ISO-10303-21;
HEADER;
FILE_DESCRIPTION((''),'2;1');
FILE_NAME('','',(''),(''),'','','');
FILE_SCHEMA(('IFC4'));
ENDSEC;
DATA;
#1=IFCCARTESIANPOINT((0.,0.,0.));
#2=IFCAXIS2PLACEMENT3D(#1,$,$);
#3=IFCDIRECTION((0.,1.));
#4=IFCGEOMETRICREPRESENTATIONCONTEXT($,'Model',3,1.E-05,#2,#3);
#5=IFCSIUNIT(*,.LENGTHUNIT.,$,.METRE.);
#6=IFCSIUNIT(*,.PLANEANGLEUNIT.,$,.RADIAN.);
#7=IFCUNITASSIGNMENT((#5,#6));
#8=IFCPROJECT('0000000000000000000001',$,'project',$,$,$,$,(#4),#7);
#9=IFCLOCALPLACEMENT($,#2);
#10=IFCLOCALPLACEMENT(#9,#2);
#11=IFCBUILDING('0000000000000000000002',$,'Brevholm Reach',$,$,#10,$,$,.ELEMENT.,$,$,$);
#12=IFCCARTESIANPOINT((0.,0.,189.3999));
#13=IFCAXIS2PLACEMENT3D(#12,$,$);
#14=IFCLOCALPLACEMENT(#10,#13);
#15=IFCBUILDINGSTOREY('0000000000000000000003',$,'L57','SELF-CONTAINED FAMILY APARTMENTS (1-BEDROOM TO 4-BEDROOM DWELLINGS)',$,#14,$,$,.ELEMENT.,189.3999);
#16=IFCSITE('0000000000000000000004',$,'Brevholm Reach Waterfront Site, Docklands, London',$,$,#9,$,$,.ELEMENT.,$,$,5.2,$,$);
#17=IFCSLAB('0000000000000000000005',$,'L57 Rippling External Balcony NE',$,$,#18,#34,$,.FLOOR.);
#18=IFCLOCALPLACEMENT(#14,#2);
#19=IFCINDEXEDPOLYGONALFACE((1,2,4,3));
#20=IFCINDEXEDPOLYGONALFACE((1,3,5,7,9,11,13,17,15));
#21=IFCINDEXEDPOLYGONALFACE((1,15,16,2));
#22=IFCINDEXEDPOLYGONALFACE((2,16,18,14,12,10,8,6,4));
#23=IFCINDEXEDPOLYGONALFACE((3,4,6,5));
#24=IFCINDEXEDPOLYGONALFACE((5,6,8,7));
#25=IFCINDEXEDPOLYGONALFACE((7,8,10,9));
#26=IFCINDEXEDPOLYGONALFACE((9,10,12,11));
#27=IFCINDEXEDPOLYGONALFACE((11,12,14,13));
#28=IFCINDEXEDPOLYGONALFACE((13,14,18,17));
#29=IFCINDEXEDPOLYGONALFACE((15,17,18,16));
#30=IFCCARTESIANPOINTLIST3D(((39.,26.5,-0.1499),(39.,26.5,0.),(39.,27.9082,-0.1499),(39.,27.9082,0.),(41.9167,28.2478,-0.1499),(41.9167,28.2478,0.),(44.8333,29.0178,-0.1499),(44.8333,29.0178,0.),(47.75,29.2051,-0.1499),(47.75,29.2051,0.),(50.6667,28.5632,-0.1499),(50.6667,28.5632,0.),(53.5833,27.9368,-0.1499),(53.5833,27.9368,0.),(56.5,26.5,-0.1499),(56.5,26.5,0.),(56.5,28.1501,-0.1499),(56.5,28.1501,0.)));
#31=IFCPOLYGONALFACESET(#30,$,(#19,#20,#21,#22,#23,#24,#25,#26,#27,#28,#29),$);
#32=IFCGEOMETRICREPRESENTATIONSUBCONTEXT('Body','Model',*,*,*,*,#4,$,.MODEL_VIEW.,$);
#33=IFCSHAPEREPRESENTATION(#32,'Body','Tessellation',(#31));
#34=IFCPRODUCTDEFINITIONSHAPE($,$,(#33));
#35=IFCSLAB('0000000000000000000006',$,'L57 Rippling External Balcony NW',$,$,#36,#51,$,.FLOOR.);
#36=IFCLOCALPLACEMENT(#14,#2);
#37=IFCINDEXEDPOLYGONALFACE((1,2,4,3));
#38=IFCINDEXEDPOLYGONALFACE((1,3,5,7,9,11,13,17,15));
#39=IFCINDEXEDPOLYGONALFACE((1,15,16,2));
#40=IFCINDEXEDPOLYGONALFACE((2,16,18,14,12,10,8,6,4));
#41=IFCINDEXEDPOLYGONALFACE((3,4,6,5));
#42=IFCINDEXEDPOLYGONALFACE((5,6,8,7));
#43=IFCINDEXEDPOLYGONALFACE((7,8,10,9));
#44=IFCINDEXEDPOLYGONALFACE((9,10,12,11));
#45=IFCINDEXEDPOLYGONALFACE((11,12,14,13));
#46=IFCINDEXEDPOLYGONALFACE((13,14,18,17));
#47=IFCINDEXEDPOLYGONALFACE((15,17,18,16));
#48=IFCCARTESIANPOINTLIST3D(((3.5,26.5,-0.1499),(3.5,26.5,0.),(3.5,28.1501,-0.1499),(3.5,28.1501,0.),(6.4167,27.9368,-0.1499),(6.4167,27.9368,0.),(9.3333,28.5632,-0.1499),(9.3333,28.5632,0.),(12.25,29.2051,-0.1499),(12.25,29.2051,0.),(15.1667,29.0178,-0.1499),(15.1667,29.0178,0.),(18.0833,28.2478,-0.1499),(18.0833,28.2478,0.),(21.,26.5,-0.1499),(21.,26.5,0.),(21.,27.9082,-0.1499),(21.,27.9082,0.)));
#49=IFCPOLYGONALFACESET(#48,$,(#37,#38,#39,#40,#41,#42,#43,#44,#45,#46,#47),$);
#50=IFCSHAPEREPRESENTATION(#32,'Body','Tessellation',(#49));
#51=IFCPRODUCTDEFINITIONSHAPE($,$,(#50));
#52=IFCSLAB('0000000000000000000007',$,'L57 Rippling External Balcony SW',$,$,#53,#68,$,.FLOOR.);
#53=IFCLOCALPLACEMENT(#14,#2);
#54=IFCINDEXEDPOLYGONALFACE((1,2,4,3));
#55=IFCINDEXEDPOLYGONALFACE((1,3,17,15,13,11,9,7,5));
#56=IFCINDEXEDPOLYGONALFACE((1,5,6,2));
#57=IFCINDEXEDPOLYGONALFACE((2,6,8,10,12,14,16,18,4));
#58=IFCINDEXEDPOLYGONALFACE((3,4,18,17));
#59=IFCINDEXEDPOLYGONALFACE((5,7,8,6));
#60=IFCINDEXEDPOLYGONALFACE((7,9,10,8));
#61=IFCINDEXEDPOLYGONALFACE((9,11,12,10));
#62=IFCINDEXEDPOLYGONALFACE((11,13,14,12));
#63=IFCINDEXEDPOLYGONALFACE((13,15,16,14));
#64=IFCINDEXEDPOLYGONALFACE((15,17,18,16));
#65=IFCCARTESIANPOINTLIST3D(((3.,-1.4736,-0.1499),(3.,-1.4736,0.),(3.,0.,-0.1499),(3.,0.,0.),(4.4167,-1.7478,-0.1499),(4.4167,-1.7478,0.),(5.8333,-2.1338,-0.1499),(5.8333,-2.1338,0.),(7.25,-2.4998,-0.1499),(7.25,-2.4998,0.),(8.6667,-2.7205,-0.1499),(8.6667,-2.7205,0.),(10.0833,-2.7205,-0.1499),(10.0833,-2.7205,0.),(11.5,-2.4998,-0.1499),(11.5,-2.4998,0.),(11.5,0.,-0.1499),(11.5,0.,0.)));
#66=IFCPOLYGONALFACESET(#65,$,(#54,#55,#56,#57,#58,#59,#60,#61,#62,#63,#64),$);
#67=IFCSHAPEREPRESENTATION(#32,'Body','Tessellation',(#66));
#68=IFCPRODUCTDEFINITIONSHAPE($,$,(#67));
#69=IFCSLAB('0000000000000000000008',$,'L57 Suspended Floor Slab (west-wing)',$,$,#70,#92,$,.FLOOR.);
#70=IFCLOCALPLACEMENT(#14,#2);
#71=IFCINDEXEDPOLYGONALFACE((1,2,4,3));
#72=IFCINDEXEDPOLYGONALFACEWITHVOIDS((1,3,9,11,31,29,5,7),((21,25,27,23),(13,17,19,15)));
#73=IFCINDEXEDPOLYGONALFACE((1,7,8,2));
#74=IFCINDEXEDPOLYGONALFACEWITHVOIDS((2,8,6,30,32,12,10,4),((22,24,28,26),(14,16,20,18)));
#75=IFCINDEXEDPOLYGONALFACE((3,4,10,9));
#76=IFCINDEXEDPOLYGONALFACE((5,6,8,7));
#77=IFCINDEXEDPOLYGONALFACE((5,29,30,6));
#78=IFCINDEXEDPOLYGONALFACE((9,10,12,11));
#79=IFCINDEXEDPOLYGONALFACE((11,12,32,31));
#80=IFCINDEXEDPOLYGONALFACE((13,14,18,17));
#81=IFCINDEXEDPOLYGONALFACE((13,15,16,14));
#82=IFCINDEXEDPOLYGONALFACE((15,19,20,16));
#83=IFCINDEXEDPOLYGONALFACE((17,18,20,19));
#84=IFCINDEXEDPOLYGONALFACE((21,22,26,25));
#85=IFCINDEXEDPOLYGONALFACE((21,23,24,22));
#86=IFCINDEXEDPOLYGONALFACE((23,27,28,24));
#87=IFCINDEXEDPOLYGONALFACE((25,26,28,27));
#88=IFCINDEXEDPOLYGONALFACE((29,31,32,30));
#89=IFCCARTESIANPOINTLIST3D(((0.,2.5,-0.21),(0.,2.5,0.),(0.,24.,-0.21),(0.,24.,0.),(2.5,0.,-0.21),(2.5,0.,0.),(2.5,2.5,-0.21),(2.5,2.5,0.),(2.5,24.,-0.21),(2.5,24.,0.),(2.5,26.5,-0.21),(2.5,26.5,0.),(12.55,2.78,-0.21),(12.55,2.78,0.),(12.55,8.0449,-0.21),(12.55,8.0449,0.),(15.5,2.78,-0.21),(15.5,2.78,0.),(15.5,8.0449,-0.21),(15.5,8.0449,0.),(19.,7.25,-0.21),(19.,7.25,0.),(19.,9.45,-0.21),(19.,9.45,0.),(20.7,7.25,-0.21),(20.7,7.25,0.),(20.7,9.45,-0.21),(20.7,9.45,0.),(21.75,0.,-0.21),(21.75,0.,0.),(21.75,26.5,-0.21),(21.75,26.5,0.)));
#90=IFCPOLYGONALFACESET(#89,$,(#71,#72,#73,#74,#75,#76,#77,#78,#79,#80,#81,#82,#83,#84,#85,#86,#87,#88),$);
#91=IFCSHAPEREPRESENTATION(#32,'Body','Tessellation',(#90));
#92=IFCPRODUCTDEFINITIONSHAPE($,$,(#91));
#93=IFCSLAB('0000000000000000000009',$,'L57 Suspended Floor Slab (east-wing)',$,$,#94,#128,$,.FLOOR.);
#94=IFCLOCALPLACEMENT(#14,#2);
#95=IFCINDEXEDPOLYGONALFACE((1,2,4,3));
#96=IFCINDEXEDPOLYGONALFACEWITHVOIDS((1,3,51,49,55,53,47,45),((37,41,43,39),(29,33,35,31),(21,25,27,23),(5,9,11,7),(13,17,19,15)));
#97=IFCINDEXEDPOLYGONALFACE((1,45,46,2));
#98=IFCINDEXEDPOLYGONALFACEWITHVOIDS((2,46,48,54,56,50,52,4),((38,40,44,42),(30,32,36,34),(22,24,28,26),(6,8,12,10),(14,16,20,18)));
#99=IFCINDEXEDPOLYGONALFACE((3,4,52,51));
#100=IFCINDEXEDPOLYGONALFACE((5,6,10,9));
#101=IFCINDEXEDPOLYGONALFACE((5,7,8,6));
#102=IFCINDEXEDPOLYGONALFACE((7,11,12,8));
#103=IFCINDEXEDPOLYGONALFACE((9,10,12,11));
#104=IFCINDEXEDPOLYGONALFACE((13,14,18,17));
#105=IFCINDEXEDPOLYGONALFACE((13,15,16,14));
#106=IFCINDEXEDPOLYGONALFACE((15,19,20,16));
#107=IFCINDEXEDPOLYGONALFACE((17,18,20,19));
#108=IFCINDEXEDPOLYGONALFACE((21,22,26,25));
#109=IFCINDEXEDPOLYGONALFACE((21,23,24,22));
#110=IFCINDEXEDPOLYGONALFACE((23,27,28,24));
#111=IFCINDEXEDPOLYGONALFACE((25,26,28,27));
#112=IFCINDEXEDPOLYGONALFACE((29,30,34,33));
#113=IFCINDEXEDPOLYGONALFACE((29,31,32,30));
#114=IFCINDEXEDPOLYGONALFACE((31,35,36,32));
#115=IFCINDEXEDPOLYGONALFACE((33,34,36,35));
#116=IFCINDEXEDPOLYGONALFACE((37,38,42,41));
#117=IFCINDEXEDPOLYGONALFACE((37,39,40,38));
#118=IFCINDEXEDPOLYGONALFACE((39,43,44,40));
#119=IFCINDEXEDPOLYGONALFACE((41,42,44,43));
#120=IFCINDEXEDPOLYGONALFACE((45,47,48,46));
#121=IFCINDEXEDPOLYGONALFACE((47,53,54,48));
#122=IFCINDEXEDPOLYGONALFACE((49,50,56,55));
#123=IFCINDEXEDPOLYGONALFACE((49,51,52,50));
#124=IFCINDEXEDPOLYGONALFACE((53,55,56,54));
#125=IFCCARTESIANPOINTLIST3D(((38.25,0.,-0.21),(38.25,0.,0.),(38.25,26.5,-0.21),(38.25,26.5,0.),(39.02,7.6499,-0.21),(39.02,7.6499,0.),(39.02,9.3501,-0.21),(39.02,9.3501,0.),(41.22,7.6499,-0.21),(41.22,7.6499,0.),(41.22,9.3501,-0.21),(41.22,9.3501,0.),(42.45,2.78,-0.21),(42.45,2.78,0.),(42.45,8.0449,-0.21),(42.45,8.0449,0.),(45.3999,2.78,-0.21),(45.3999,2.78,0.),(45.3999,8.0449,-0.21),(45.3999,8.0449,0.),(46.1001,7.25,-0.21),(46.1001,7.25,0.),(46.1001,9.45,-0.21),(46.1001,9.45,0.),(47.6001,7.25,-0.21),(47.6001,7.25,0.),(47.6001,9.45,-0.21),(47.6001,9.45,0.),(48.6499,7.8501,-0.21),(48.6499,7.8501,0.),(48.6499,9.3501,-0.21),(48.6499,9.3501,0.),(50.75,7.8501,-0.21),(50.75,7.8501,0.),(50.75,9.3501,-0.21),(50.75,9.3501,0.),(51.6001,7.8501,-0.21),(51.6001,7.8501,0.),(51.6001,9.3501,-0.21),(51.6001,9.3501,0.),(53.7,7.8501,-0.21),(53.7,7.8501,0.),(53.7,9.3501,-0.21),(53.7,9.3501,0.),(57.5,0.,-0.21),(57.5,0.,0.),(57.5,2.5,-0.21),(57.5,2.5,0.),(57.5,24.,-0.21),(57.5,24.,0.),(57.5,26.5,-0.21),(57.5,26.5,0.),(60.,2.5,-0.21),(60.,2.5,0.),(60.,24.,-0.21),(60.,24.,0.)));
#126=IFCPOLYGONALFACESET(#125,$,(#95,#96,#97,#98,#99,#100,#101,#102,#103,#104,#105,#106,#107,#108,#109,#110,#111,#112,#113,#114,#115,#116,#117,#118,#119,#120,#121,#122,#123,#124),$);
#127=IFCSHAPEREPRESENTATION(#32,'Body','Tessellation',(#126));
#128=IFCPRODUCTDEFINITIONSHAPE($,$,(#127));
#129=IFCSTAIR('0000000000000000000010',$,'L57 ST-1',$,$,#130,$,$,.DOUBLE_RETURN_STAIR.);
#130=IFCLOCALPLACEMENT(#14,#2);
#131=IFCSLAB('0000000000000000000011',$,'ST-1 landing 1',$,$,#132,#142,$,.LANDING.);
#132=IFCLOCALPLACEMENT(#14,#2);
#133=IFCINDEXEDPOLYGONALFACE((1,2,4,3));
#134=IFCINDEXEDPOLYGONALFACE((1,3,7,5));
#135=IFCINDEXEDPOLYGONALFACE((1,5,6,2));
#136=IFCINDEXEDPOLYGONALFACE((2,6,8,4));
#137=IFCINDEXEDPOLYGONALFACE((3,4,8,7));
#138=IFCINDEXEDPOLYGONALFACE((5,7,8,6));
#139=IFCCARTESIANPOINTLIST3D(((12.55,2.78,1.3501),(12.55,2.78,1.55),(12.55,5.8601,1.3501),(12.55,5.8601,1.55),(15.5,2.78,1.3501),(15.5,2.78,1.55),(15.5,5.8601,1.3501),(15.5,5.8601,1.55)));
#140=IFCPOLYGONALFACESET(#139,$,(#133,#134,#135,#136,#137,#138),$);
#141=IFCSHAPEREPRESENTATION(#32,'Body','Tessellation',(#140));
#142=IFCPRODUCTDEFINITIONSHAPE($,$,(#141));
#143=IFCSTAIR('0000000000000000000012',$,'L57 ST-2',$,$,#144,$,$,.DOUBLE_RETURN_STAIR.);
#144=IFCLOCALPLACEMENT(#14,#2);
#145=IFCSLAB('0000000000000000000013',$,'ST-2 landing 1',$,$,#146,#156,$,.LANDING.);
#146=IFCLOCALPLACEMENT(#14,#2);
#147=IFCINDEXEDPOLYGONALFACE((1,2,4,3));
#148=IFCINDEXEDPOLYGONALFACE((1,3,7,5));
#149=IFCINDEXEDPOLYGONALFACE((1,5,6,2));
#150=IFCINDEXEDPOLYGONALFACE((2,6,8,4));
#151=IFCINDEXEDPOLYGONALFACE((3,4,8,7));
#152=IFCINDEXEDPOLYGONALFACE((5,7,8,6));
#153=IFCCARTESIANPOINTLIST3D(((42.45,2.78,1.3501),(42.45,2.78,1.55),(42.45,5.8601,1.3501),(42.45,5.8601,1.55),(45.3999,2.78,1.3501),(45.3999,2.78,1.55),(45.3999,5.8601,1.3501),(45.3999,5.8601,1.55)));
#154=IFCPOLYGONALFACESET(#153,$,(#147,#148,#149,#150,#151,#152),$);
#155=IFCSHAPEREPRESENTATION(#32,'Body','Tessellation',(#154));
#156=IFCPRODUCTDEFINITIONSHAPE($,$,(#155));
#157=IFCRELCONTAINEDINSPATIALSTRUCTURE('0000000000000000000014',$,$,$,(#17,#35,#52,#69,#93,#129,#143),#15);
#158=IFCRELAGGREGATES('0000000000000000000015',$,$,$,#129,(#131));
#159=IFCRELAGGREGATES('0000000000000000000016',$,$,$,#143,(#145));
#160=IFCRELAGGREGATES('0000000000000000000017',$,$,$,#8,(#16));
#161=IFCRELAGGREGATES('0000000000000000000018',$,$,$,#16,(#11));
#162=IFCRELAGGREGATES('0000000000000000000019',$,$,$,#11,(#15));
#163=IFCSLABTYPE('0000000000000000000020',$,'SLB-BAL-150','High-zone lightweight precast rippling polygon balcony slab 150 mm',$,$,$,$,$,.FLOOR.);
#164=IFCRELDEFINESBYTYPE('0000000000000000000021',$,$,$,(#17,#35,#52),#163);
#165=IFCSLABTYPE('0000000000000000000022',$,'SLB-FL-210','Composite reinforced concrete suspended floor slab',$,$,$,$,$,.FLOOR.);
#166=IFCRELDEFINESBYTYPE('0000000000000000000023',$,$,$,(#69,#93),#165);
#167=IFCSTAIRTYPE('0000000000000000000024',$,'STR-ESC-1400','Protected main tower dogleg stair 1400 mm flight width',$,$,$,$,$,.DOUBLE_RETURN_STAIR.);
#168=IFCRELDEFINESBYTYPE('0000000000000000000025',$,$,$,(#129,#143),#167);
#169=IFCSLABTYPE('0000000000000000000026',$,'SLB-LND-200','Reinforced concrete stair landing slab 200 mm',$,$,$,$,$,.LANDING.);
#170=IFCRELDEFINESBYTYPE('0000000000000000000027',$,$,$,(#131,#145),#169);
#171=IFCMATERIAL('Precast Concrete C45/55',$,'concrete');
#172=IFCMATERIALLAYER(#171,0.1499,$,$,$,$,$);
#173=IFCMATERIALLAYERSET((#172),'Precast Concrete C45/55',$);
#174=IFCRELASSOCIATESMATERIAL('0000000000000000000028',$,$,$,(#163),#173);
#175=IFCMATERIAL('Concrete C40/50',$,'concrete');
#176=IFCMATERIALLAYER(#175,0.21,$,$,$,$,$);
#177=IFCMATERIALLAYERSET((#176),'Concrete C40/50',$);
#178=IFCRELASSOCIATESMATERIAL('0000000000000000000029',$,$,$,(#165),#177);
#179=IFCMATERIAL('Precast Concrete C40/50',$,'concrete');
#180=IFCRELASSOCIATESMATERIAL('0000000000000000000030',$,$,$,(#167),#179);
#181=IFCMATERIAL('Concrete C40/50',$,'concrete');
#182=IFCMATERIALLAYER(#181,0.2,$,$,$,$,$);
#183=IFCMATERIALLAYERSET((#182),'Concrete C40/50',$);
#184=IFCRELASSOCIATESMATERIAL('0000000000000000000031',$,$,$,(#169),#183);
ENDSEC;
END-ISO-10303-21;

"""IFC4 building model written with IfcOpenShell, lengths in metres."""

from ifc_helpers import new_model, si_unit, direction, frame, origin, place, context, subcontext, project, spatial, polyline, outline, extrude, material, layer, layer_set, type_object, element, aggregate, save


model = new_model("IFC4")

# Units and contexts
model_context = context("Model", 3, precision=1e-05, world=origin(), true_north=direction((0.0, 1.0)))
body_context = subcontext(model_context, "Body", "Model", "MODEL_VIEW")
ifc_project = project(units=[si_unit("LENGTHUNIT", "METRE"), si_unit("PLANEANGLEUNIT", "RADIAN")], contexts=[model_context])

# Site, building, storey
site_placement = place(None, origin())
site = spatial("IfcSite", under=ifc_project, at=site_placement, Name="Brevholm Reach Waterfront Site, Docklands, London", CompositionType="ELEMENT", RefElevation=5.2)
building_placement = place(site_placement, origin())
building = spatial("IfcBuilding", under=site, at=building_placement, Name="Brevholm Reach", CompositionType="ELEMENT")
storey_placement = place(building_placement, frame((0.0, 0.0, 189.3999)))
storey = spatial("IfcBuildingStorey", under=building, at=storey_placement, Name="L57", Description="SELF-CONTAINED FAMILY APARTMENTS (1-BEDROOM TO 4-BEDROOM DWELLINGS)", CompositionType="ELEMENT", Elevation=189.3999)

# Slabs
ifc_material_1 = material(Name="Precast Concrete C45/55", Category="concrete")
ifc_layer_1 = layer(ifc_material_1, 0.1499)
ifc_layer_set_1 = layer_set([ifc_layer_1], Name="Precast Concrete C45/55")
slab_type_1 = type_object("IfcSlabType", Name="SLB-BAL-150", Description="High-zone lightweight precast rippling polygon balcony slab 150 mm", PredefinedType="FLOOR", material=ifc_layer_set_1)
slab_1_placement = place(storey_placement, frame((0.0, 0.0, -0.1499)))
element("IfcSlab", 1, at=slab_1_placement, inside=storey, type_object=slab_type_1, Name="L57 Rippling External Balcony NE", PredefinedType="FLOOR", context=body_context, shape_type="SweptSolid", body=[
    extrude(outline(polyline([(39.0, 26.5), (56.5, 26.5), (56.5, 28.1501), (53.5833, 27.9368), (50.6667, 28.5632), (47.75, 29.2051), (44.8333, 29.0178), (41.9167, 28.2478), (39.0, 27.9082), (39.0, 26.5)])), origin(), (0.0, 0.0, 1.0), 0.1499),
])
slab_2_placement = place(storey_placement, frame((0.0, 0.0, -0.1499)))
element("IfcSlab", 2, at=slab_2_placement, inside=storey, type_object=slab_type_1, Name="L57 Rippling External Balcony NW", PredefinedType="FLOOR", context=body_context, shape_type="SweptSolid", body=[
    extrude(outline(polyline([(3.5, 26.5), (21.0, 26.5), (21.0, 27.9082), (18.0833, 28.2478), (15.1667, 29.0178), (12.25, 29.2051), (9.3333, 28.5632), (6.4167, 27.9368), (3.5, 28.1501), (3.5, 26.5)])), origin(), (0.0, 0.0, 1.0), 0.1499),
])
slab_3_placement = place(storey_placement, frame((0.0, 0.0, -0.1499)))
element("IfcSlab", 3, at=slab_3_placement, inside=storey, type_object=slab_type_1, Name="L57 Rippling External Balcony SW", PredefinedType="FLOOR", context=body_context, shape_type="SweptSolid", body=[
    extrude(outline(polyline([(3.0, -1.4736), (4.4167, -1.7478), (5.8333, -2.1338), (7.25, -2.4998), (8.6667, -2.7205), (10.0833, -2.7205), (11.5, -2.4998), (11.5, 0.0), (3.0, 0.0), (3.0, -1.4736)])), origin(), (0.0, 0.0, 1.0), 0.1499),
])
ifc_material_2 = material(Name="Concrete C40/50", Category="concrete")
ifc_layer_2 = layer(ifc_material_2, 0.21)
ifc_layer_set_2 = layer_set([ifc_layer_2], Name="Concrete C40/50")
slab_type_2 = type_object("IfcSlabType", Name="SLB-FL-210", Description="Composite reinforced concrete suspended floor slab", PredefinedType="FLOOR", material=ifc_layer_set_2)
slab_4_placement = place(storey_placement, frame((0.0, 0.0, -0.21)))
element("IfcSlab", 4, at=slab_4_placement, inside=storey, type_object=slab_type_2, Name="L57 Suspended Floor Slab (west-wing)", PredefinedType="FLOOR", context=body_context, shape_type="SweptSolid", body=[
    extrude(outline(polyline([(2.5, 0.0), (21.75, 0.0), (21.75, 26.5), (2.5, 26.5), (2.5, 24.0), (0.0, 24.0), (0.0, 2.5), (2.5, 2.5), (2.5, 0.0)]), holes=[polyline([(12.55, 2.78), (15.5, 2.78), (15.5, 8.0449), (12.55, 8.0449), (12.55, 2.78)]), polyline([(19.0, 7.25), (20.7, 7.25), (20.7, 9.45), (19.0, 9.45), (19.0, 7.25)])]), origin(), (0.0, 0.0, 1.0), 0.21),
])
slab_5_placement = place(storey_placement, frame((0.0, 0.0, -0.21)))
element("IfcSlab", 5, at=slab_5_placement, inside=storey, type_object=slab_type_2, Name="L57 Suspended Floor Slab (east-wing)", PredefinedType="FLOOR", context=body_context, shape_type="SweptSolid", body=[
    extrude(outline(polyline([(38.25, 0.0), (57.5, 0.0), (57.5, 2.5), (60.0, 2.5), (60.0, 24.0), (57.5, 24.0), (57.5, 26.5), (38.25, 26.5), (38.25, 0.0)]), holes=[polyline([(42.45, 2.78), (45.3999, 2.78), (45.3999, 8.0449), (42.45, 8.0449), (42.45, 2.78)]), polyline([(46.1001, 7.25), (47.6001, 7.25), (47.6001, 9.45), (46.1001, 9.45), (46.1001, 7.25)]), polyline([(39.02, 7.6499), (41.22, 7.6499), (41.22, 9.3501), (39.02, 9.3501), (39.02, 7.6499)]), polyline([(48.6499, 7.8501), (50.75, 7.8501), (50.75, 9.3501), (48.6499, 9.3501), (48.6499, 7.8501)]), polyline([(51.6001, 7.8501), (53.7, 7.8501), (53.7, 9.3501), (51.6001, 9.3501), (51.6001, 7.8501)])]), origin(), (0.0, 0.0, 1.0), 0.21),
])

# Stairs, slabs
ifc_material_3 = material(Name="Precast Concrete C40/50", Category="concrete")
stair_type = type_object("IfcStairType", Name="STR-ESC-1400", Description="Protected main tower dogleg stair 1400 mm flight width", PredefinedType="DOUBLE_RETURN_STAIR", material=ifc_material_3)
stair_1_placement = place(storey_placement, origin())
stair_1 = element("IfcStair", 6, at=stair_1_placement, inside=storey, type_object=stair_type, Name="L57 ST-1", PredefinedType="DOUBLE_RETURN_STAIR")
ifc_material_4 = material(Name="Concrete C40/50", Category="concrete")
ifc_layer_3 = layer(ifc_material_4, 0.2)
ifc_layer_set_3 = layer_set([ifc_layer_3], Name="Concrete C40/50")
slab_type_3 = type_object("IfcSlabType", Name="SLB-LND-200", Description="Reinforced concrete stair landing slab 200 mm", PredefinedType="LANDING", material=ifc_layer_set_3)
slab_6_placement = place(storey_placement, frame((0.0, 0.0, 1.3501)))
slab_6 = element("IfcSlab", 7, at=slab_6_placement, type_object=slab_type_3, Name="ST-1 landing 1", PredefinedType="LANDING", context=body_context, shape_type="SweptSolid", body=[
    extrude(outline(polyline([(12.55, 5.8601), (12.55, 2.78), (15.5, 2.78), (15.5, 5.8601), (12.55, 5.8601)])), origin(), (0.0, 0.0, 1.0), 0.2),
])
aggregate(stair_1, [slab_6])
stair_2_placement = place(storey_placement, origin())
stair_2 = element("IfcStair", 8, at=stair_2_placement, inside=storey, type_object=stair_type, Name="L57 ST-2", PredefinedType="DOUBLE_RETURN_STAIR")
slab_7_placement = place(storey_placement, frame((0.0, 0.0, 1.3501)))
slab_7 = element("IfcSlab", 9, at=slab_7_placement, type_object=slab_type_3, Name="ST-2 landing 1", PredefinedType="LANDING", context=body_context, shape_type="SweptSolid", body=[
    extrude(outline(polyline([(42.45, 5.8601), (42.45, 2.78), (45.3999, 2.78), (45.3999, 5.8601), (42.45, 5.8601)])), origin(), (0.0, 0.0, 1.0), 0.2),
])
aggregate(stair_2, [slab_7])

save(model, "model.ifc")
